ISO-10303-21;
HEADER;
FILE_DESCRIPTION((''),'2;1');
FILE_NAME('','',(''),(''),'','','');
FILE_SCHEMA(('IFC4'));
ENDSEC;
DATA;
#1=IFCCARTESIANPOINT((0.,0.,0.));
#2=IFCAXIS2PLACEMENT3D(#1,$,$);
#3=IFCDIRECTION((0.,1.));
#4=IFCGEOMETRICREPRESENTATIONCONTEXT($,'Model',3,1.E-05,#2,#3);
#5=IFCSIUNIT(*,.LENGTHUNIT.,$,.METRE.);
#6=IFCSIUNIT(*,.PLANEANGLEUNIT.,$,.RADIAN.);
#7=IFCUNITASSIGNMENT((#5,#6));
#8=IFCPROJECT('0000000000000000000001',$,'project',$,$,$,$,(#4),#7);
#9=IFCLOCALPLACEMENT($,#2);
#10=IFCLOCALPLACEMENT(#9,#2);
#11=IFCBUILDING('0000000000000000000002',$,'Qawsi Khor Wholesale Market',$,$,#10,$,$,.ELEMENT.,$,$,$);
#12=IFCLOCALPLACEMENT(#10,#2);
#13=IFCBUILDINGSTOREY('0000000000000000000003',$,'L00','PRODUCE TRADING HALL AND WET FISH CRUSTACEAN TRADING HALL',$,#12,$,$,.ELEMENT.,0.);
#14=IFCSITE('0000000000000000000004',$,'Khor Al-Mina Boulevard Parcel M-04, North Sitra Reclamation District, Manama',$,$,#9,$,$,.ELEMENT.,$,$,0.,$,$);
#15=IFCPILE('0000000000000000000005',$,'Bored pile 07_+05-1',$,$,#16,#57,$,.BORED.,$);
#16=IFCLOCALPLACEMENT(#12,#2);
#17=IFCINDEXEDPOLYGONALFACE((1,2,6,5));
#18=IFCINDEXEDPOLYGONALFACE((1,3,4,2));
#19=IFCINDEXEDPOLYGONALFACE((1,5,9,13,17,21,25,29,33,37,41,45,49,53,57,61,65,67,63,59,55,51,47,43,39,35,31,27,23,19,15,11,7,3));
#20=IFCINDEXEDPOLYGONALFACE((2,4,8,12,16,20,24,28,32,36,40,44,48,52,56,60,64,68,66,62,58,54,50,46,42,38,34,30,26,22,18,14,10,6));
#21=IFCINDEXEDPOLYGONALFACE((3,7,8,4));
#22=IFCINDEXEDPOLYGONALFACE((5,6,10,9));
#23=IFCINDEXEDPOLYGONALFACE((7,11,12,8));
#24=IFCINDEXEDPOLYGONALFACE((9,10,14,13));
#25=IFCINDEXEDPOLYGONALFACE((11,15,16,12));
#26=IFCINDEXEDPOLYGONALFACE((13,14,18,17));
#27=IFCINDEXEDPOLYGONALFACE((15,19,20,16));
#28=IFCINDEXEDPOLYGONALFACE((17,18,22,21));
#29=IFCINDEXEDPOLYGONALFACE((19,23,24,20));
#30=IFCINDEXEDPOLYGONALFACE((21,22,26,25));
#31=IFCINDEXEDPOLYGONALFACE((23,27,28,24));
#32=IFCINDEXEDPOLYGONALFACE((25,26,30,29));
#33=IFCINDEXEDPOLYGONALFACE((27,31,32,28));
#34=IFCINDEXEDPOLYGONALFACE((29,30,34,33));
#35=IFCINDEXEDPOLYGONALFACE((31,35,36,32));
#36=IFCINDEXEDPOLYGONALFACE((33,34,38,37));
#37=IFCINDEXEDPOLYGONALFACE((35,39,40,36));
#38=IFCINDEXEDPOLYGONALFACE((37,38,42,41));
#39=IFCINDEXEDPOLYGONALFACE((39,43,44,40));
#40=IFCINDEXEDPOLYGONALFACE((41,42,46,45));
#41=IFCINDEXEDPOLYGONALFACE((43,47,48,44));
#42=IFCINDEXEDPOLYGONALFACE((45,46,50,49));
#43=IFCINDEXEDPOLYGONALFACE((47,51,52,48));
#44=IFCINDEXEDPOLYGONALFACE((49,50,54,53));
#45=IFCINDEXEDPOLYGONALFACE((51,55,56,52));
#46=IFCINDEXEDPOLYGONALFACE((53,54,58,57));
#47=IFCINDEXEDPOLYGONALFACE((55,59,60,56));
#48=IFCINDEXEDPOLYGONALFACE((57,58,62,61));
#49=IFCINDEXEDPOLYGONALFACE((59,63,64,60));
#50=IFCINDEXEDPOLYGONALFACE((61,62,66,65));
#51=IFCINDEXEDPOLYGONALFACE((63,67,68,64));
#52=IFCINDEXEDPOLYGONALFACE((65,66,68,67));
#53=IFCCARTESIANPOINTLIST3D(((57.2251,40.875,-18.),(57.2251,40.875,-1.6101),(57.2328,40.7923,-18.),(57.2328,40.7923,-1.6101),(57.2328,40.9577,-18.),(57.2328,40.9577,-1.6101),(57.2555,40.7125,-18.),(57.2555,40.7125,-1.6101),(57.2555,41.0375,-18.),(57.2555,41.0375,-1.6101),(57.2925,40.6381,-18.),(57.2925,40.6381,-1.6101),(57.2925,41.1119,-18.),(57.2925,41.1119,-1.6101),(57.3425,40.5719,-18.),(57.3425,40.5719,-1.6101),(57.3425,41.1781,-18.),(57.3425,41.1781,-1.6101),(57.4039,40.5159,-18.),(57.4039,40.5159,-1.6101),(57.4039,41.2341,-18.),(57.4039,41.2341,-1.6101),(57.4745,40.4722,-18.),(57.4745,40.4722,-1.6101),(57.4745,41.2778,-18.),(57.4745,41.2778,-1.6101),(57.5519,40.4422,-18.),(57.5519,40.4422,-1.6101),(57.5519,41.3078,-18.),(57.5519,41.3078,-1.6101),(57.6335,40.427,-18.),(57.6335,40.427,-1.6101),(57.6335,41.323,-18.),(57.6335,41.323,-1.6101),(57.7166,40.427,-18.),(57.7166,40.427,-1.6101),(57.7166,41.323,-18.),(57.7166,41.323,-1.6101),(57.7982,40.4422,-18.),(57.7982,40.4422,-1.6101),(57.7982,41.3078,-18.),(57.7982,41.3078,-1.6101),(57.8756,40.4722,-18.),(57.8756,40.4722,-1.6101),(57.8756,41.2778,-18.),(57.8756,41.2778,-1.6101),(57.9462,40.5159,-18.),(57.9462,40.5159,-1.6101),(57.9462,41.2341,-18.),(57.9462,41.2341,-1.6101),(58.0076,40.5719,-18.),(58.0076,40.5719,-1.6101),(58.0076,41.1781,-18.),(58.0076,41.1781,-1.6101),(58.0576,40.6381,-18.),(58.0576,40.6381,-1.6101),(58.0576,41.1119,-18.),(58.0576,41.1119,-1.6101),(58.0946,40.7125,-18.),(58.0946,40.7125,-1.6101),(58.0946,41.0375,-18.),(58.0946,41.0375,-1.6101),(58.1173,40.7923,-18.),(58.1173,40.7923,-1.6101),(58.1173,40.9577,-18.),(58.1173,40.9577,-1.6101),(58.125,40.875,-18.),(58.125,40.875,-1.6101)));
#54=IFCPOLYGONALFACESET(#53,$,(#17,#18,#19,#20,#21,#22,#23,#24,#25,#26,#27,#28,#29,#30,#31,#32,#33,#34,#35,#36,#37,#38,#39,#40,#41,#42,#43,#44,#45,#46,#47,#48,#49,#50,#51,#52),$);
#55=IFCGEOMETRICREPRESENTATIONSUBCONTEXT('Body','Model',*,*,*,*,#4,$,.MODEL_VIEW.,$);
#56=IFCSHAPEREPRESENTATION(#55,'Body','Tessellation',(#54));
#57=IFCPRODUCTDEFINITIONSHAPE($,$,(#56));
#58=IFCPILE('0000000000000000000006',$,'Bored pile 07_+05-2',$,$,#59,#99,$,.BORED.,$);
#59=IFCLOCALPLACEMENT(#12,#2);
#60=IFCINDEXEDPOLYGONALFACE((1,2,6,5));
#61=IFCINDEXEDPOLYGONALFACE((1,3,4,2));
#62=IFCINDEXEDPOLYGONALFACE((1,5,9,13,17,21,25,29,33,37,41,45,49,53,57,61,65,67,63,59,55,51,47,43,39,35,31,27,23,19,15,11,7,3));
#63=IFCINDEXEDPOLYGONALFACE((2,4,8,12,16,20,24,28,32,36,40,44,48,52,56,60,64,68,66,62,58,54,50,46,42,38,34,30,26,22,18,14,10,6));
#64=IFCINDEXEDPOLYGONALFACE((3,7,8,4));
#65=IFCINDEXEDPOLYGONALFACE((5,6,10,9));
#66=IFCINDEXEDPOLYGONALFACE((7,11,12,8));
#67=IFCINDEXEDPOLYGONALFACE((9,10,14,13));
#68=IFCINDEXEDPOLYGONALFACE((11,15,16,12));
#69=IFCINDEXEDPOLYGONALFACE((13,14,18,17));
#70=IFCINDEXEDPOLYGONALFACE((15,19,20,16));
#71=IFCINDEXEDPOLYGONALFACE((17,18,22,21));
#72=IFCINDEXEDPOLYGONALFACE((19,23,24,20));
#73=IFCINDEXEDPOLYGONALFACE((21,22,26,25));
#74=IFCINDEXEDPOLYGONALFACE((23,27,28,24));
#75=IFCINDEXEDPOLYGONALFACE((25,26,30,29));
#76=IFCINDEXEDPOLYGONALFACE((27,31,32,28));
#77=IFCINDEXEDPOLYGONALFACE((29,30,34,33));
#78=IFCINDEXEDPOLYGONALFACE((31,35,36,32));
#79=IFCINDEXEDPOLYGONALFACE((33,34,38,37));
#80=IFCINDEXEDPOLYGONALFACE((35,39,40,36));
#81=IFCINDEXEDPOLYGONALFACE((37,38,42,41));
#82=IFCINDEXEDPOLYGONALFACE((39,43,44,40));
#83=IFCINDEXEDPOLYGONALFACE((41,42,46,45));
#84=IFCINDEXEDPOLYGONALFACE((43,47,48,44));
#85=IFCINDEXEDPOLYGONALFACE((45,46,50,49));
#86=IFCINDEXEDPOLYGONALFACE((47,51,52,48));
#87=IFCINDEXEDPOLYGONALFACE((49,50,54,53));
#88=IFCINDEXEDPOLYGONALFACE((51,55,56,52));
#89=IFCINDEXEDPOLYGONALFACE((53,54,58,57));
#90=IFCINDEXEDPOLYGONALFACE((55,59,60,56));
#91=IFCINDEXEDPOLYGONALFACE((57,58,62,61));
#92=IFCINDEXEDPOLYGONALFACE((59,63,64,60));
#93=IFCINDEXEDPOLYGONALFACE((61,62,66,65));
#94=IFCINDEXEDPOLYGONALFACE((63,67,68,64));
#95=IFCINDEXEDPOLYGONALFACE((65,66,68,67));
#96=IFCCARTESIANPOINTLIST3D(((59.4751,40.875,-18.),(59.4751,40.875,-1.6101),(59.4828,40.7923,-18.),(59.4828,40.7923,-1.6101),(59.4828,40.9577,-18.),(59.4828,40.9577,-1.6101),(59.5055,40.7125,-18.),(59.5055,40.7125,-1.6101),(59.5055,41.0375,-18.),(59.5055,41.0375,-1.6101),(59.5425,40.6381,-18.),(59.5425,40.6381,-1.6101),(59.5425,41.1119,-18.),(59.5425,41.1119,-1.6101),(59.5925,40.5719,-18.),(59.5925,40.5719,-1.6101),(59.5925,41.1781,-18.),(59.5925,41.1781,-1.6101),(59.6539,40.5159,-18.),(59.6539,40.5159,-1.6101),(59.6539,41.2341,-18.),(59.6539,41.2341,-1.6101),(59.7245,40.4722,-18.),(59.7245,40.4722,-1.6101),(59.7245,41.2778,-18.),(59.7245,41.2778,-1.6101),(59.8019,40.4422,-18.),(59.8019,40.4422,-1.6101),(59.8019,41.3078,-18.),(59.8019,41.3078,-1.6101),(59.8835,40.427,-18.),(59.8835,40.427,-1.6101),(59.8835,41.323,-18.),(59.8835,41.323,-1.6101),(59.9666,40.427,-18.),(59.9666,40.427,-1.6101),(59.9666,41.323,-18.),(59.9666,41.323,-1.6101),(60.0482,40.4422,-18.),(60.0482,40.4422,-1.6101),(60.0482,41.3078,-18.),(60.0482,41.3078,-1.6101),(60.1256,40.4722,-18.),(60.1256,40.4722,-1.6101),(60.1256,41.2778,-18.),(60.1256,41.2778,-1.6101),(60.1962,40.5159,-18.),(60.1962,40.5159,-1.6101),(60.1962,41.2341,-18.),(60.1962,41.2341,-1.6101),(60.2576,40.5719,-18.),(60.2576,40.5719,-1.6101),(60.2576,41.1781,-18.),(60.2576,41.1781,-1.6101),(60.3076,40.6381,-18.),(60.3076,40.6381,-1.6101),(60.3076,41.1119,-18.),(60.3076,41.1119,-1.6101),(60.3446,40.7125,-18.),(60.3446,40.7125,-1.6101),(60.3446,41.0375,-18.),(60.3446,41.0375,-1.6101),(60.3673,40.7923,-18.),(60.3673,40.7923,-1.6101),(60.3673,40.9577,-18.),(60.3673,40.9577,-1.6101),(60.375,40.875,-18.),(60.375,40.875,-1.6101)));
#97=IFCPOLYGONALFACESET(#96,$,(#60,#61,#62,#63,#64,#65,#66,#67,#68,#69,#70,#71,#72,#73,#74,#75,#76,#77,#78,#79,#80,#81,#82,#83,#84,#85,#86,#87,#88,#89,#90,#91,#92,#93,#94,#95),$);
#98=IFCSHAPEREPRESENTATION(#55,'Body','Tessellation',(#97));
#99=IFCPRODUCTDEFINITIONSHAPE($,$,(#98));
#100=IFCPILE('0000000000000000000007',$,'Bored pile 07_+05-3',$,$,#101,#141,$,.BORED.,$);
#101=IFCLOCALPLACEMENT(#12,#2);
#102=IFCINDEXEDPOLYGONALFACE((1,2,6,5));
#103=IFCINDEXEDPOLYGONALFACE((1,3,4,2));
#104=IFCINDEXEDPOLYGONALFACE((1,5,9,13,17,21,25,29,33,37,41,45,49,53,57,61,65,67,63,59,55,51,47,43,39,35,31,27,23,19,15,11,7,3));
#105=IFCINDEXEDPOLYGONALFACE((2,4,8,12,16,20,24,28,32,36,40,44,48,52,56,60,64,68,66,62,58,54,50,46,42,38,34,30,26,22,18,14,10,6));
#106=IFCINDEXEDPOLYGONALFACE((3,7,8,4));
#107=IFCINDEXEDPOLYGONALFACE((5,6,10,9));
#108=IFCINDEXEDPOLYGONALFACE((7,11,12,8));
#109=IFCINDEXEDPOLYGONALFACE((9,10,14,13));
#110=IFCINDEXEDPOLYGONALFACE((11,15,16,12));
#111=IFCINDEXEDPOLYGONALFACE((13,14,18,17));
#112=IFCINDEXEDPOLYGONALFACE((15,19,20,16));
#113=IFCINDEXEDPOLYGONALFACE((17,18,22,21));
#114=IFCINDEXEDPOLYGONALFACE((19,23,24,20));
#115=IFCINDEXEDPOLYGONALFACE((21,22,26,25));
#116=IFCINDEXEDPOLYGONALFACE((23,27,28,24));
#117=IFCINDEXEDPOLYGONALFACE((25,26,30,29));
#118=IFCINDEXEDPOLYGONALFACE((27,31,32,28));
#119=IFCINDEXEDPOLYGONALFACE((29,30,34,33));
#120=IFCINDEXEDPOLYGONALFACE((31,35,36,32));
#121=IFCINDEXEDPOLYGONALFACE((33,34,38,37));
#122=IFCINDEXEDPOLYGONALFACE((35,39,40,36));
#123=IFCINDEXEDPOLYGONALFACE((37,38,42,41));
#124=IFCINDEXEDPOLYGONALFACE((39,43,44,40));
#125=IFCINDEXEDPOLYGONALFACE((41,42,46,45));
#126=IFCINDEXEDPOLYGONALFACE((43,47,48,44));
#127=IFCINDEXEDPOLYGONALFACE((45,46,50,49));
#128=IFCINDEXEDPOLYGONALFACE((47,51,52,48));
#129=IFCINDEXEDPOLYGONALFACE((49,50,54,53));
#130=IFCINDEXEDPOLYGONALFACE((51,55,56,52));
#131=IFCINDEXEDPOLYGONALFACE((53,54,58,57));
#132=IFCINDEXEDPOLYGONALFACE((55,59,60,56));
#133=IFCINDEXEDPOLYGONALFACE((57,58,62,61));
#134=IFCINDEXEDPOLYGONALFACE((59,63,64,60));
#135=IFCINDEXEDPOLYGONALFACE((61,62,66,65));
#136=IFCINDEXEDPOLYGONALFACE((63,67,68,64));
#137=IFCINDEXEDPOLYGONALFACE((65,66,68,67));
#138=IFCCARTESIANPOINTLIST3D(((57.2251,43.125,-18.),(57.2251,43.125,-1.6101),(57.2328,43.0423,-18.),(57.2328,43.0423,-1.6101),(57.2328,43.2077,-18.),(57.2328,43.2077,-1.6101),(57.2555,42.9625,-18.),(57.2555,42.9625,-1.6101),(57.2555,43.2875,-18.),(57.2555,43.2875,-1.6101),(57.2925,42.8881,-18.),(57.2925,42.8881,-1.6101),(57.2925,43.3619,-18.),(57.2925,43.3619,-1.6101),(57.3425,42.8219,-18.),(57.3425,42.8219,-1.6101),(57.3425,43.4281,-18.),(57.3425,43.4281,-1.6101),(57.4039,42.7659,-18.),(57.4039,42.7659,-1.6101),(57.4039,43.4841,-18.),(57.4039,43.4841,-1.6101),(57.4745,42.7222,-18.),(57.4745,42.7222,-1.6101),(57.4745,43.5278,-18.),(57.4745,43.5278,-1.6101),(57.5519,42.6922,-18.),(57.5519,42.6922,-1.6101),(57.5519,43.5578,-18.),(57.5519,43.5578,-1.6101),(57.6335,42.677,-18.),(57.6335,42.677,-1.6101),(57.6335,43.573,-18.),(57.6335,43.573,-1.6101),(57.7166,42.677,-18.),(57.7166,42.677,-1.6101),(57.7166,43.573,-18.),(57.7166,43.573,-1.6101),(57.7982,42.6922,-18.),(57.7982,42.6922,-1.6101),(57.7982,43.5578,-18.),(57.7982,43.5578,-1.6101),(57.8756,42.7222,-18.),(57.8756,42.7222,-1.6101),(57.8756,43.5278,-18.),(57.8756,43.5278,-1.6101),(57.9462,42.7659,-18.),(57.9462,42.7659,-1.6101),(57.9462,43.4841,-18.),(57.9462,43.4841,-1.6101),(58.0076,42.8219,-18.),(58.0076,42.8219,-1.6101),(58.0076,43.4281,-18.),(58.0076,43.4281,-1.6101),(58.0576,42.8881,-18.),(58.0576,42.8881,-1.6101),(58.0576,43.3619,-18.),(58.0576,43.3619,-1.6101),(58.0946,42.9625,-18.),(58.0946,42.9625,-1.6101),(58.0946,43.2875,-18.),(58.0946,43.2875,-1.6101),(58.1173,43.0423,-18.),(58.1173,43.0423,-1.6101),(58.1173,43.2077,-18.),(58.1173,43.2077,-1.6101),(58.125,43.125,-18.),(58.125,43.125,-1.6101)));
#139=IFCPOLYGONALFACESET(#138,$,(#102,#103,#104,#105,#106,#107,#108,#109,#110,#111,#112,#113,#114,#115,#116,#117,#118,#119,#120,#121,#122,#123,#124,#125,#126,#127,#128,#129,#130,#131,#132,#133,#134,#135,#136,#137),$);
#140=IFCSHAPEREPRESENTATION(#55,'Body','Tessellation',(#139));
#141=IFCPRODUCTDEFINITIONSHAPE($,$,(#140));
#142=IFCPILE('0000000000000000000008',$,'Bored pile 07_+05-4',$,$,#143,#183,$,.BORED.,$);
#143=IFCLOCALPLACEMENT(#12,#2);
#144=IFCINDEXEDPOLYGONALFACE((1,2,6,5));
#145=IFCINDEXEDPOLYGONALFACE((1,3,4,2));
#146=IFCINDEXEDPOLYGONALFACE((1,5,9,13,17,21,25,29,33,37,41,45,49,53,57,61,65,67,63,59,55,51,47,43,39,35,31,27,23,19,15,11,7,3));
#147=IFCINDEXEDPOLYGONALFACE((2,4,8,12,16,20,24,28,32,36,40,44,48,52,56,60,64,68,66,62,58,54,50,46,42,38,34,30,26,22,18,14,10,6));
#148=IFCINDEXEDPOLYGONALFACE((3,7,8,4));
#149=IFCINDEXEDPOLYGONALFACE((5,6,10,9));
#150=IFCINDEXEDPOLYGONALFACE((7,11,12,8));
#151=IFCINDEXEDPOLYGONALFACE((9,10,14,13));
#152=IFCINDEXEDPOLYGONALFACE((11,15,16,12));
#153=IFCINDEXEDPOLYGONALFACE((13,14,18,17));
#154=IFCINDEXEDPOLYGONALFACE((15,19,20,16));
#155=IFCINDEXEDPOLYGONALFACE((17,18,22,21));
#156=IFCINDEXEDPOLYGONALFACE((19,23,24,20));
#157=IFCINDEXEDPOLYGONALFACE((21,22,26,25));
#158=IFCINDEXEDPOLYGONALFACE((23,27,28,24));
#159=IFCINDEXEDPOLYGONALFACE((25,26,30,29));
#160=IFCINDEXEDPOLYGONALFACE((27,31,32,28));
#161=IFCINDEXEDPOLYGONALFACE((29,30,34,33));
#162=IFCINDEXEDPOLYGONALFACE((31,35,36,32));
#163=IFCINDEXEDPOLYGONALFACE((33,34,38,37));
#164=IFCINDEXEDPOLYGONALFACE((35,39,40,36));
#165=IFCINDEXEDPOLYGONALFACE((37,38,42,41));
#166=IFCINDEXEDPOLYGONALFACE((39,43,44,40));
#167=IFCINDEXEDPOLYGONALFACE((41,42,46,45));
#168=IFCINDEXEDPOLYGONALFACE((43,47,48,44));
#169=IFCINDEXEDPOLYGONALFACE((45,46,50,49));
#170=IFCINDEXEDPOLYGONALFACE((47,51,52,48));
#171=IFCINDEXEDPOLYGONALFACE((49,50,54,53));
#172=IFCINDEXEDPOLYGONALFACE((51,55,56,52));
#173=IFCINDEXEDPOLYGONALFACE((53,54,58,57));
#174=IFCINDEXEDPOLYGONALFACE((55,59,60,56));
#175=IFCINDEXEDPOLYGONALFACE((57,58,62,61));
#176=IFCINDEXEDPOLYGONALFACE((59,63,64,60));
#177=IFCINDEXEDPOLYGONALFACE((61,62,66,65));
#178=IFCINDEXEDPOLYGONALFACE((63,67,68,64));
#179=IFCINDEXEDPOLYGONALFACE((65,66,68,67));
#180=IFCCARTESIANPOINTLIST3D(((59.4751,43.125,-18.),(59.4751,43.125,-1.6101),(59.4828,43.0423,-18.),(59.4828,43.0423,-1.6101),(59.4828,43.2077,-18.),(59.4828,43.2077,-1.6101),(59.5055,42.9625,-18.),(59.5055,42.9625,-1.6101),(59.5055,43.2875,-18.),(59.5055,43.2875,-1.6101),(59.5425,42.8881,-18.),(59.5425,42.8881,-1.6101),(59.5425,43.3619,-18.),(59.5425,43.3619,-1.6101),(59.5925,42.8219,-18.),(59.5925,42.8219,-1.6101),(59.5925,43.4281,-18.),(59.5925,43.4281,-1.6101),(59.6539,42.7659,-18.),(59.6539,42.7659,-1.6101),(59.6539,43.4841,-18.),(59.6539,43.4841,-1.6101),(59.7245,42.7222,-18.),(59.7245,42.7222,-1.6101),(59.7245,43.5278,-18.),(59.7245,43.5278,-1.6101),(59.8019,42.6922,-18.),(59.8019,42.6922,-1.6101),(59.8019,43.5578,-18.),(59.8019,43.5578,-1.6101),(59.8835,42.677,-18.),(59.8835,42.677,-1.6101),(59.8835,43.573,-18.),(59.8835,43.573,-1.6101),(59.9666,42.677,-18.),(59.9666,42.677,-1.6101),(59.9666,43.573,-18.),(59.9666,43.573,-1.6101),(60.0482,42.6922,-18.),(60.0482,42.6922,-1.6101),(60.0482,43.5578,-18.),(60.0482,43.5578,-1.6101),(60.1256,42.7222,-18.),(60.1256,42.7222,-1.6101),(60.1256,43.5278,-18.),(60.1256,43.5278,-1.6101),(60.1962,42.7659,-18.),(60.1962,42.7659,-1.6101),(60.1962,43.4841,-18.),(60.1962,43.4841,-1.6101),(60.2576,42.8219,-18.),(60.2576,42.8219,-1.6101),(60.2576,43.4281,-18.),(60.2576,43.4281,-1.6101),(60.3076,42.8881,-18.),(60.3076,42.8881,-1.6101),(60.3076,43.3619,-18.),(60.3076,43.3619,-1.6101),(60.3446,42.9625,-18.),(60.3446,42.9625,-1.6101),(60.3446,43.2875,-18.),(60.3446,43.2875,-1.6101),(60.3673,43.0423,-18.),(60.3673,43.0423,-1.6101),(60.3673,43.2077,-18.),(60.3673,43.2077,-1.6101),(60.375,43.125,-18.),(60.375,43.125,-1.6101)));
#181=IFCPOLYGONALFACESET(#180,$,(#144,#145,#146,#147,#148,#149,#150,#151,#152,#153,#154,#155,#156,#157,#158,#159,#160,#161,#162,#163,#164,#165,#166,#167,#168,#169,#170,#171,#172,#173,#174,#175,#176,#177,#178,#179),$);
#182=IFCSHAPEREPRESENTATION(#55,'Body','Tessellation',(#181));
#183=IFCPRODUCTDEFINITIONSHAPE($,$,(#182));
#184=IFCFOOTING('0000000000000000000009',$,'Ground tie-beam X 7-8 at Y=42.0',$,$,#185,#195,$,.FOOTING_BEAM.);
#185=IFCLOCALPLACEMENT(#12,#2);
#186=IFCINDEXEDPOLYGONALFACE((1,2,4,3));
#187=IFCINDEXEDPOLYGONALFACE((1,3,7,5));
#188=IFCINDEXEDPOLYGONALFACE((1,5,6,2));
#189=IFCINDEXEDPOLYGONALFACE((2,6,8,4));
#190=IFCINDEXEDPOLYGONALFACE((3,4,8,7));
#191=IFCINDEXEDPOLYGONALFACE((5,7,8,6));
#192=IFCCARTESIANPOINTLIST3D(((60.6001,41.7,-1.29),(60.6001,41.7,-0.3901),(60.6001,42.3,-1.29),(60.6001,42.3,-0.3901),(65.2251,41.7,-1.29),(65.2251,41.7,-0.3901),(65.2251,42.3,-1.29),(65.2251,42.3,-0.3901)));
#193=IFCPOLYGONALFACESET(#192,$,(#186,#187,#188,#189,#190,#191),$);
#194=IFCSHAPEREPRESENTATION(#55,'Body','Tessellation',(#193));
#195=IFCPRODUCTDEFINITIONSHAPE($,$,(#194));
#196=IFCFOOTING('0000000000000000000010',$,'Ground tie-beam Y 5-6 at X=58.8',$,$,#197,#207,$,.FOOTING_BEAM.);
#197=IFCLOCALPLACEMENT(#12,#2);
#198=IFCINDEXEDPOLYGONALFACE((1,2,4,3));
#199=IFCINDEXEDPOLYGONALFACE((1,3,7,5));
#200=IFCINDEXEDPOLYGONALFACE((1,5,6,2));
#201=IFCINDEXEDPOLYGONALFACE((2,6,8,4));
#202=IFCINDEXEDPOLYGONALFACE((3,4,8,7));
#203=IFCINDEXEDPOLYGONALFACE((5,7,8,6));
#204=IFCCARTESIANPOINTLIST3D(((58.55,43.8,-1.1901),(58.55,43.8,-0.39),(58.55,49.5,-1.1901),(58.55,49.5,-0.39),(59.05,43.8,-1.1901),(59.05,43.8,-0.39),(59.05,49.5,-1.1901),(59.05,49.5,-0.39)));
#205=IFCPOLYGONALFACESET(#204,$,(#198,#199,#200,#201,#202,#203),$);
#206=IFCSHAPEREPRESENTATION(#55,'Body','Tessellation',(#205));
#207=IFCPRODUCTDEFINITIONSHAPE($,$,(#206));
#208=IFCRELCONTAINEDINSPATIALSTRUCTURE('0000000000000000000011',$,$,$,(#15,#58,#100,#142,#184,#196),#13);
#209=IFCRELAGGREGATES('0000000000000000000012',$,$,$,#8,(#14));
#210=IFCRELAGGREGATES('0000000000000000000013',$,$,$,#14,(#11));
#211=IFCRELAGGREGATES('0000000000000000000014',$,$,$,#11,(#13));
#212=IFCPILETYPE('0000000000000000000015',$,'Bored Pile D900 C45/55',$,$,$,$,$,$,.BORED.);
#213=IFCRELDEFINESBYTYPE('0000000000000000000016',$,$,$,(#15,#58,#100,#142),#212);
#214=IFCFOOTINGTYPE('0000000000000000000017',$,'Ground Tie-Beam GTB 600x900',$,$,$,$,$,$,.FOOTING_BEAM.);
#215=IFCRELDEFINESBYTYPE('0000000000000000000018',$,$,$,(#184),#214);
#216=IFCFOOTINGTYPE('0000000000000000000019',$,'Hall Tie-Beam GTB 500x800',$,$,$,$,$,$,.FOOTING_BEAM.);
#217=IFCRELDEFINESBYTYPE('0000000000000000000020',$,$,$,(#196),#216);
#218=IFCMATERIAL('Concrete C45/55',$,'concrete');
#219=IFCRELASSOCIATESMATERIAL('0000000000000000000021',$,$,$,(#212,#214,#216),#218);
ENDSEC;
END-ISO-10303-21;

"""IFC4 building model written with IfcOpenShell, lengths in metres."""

from ifc_helpers import new_model, si_unit, direction, frame, origin, origin_2d, place, context, subcontext, project, spatial, rectangle, circle, extrude, material, material_profile, profile_set, type_object, element, save


model = new_model("IFC4")

# Units and contexts
model_context = context("Model", 3, precision=1e-05, world=origin(), true_north=direction((0.0, 1.0)))
body_context = subcontext(model_context, "Body", "Model", "MODEL_VIEW")
ifc_project = project(units=[si_unit("LENGTHUNIT", "METRE"), si_unit("PLANEANGLEUNIT", "RADIAN")], contexts=[model_context])

# Site, building, storey
site_placement = place(None, origin())
site = spatial("IfcSite", under=ifc_project, at=site_placement, Name="Khor Al-Mina Boulevard Parcel M-04, North Sitra Reclamation District, Manama", CompositionType="ELEMENT", RefElevation=0.0)
building_placement = place(site_placement, origin())
building = spatial("IfcBuilding", under=site, at=building_placement, Name="Qawsi Khor Wholesale Market", CompositionType="ELEMENT")
storey_placement = place(building_placement, origin())
storey = spatial("IfcBuildingStorey", under=building, at=storey_placement, Name="L00", Description="PRODUCE TRADING HALL AND WET FISH CRUSTACEAN TRADING HALL", CompositionType="ELEMENT", Elevation=0.0)

# Piles
ifc_material_1 = material(Name="Concrete C45/55", Category="concrete")
ifc_material_profile_1 = material_profile(ifc_material_1, circle(Radius=0.45, at=origin_2d()), Name="PILE D900")
ifc_profile_set_1 = profile_set([ifc_material_profile_1], Name="Concrete C45/55")
pile_type = type_object("IfcPileType", Name="Bored Pile D900 C45/55", PredefinedType="BORED", material=ifc_profile_set_1)
for number, where, z_axis, x_axis, name in (
    (1, (57.675, 40.875, -1.6101), (0.0, 0.0, -1.0), (1.0, 0.0, 0.0), "Bored pile 07_+05-1"),
    (2, (59.925, 40.875, -1.6101), (0.0, 0.0, -1.0), (1.0, 0.0, 0.0), "Bored pile 07_+05-2"),
    (3, (57.675, 43.125, -1.6101), (0.0, 0.0, -1.0), (1.0, 0.0, 0.0), "Bored pile 07_+05-3"),
    (4, (59.925, 43.125, -1.6101), (0.0, 0.0, -1.0), (1.0, 0.0, 0.0), "Bored pile 07_+05-4"),
):
    element("IfcPile", number, at=place(storey_placement, frame(where, z_axis=z_axis, x_axis=x_axis)), inside=storey, type_object=pile_type, Name=name, PredefinedType="BORED", context=body_context, shape_type="SweptSolid", body=[
        extrude(circle(Radius=0.45, at=origin_2d()), origin(), (0.0, 0.0, 1.0), 16.3899),
    ])

# Footings
ifc_material_profile_2 = material_profile(ifc_material_1, rectangle(XDim=0.6001, YDim=0.8999, at=origin_2d()), Name="RC 600x900")
ifc_profile_set_2 = profile_set([ifc_material_profile_2], Name="Concrete C45/55")
footing_type_1 = type_object("IfcFootingType", Name="Ground Tie-Beam GTB 600x900", PredefinedType="FOOTING_BEAM", material=ifc_profile_set_2)
footing_1_placement = place(storey_placement, frame((60.6001, 42.0, -0.8401), z_axis=(1.0, 0.0, 0.0), x_axis=(0.0, 1.0, 0.0)))
element("IfcFooting", 5, at=footing_1_placement, inside=storey, type_object=footing_type_1, Name="Ground tie-beam X 7-8 at Y=42.0", PredefinedType="FOOTING_BEAM", context=body_context, shape_type="SweptSolid", body=[
    extrude(rectangle(XDim=0.6001, YDim=0.8999, at=origin_2d()), origin(), (0.0, 0.0, 1.0), 4.625),
])
ifc_material_profile_3 = material_profile(ifc_material_1, rectangle(XDim=0.5, YDim=0.8, at=origin_2d()), Name="RC 500x800")
ifc_profile_set_3 = profile_set([ifc_material_profile_3], Name="Concrete C45/55")
footing_type_2 = type_object("IfcFootingType", Name="Hall Tie-Beam GTB 500x800", PredefinedType="FOOTING_BEAM", material=ifc_profile_set_3)
footing_2_placement = place(storey_placement, frame((58.8, 43.8, -0.79), z_axis=(0.0, 1.0, 0.0), x_axis=(-1.0, 0.0, 0.0)))
element("IfcFooting", 6, at=footing_2_placement, inside=storey, type_object=footing_type_2, Name="Ground tie-beam Y 5-6 at X=58.8", PredefinedType="FOOTING_BEAM", context=body_context, shape_type="SweptSolid", body=[
    extrude(rectangle(XDim=0.5, YDim=0.8, at=origin_2d()), origin(), (0.0, 0.0, 1.0), 5.7),
])

save(model, "model.ifc")
